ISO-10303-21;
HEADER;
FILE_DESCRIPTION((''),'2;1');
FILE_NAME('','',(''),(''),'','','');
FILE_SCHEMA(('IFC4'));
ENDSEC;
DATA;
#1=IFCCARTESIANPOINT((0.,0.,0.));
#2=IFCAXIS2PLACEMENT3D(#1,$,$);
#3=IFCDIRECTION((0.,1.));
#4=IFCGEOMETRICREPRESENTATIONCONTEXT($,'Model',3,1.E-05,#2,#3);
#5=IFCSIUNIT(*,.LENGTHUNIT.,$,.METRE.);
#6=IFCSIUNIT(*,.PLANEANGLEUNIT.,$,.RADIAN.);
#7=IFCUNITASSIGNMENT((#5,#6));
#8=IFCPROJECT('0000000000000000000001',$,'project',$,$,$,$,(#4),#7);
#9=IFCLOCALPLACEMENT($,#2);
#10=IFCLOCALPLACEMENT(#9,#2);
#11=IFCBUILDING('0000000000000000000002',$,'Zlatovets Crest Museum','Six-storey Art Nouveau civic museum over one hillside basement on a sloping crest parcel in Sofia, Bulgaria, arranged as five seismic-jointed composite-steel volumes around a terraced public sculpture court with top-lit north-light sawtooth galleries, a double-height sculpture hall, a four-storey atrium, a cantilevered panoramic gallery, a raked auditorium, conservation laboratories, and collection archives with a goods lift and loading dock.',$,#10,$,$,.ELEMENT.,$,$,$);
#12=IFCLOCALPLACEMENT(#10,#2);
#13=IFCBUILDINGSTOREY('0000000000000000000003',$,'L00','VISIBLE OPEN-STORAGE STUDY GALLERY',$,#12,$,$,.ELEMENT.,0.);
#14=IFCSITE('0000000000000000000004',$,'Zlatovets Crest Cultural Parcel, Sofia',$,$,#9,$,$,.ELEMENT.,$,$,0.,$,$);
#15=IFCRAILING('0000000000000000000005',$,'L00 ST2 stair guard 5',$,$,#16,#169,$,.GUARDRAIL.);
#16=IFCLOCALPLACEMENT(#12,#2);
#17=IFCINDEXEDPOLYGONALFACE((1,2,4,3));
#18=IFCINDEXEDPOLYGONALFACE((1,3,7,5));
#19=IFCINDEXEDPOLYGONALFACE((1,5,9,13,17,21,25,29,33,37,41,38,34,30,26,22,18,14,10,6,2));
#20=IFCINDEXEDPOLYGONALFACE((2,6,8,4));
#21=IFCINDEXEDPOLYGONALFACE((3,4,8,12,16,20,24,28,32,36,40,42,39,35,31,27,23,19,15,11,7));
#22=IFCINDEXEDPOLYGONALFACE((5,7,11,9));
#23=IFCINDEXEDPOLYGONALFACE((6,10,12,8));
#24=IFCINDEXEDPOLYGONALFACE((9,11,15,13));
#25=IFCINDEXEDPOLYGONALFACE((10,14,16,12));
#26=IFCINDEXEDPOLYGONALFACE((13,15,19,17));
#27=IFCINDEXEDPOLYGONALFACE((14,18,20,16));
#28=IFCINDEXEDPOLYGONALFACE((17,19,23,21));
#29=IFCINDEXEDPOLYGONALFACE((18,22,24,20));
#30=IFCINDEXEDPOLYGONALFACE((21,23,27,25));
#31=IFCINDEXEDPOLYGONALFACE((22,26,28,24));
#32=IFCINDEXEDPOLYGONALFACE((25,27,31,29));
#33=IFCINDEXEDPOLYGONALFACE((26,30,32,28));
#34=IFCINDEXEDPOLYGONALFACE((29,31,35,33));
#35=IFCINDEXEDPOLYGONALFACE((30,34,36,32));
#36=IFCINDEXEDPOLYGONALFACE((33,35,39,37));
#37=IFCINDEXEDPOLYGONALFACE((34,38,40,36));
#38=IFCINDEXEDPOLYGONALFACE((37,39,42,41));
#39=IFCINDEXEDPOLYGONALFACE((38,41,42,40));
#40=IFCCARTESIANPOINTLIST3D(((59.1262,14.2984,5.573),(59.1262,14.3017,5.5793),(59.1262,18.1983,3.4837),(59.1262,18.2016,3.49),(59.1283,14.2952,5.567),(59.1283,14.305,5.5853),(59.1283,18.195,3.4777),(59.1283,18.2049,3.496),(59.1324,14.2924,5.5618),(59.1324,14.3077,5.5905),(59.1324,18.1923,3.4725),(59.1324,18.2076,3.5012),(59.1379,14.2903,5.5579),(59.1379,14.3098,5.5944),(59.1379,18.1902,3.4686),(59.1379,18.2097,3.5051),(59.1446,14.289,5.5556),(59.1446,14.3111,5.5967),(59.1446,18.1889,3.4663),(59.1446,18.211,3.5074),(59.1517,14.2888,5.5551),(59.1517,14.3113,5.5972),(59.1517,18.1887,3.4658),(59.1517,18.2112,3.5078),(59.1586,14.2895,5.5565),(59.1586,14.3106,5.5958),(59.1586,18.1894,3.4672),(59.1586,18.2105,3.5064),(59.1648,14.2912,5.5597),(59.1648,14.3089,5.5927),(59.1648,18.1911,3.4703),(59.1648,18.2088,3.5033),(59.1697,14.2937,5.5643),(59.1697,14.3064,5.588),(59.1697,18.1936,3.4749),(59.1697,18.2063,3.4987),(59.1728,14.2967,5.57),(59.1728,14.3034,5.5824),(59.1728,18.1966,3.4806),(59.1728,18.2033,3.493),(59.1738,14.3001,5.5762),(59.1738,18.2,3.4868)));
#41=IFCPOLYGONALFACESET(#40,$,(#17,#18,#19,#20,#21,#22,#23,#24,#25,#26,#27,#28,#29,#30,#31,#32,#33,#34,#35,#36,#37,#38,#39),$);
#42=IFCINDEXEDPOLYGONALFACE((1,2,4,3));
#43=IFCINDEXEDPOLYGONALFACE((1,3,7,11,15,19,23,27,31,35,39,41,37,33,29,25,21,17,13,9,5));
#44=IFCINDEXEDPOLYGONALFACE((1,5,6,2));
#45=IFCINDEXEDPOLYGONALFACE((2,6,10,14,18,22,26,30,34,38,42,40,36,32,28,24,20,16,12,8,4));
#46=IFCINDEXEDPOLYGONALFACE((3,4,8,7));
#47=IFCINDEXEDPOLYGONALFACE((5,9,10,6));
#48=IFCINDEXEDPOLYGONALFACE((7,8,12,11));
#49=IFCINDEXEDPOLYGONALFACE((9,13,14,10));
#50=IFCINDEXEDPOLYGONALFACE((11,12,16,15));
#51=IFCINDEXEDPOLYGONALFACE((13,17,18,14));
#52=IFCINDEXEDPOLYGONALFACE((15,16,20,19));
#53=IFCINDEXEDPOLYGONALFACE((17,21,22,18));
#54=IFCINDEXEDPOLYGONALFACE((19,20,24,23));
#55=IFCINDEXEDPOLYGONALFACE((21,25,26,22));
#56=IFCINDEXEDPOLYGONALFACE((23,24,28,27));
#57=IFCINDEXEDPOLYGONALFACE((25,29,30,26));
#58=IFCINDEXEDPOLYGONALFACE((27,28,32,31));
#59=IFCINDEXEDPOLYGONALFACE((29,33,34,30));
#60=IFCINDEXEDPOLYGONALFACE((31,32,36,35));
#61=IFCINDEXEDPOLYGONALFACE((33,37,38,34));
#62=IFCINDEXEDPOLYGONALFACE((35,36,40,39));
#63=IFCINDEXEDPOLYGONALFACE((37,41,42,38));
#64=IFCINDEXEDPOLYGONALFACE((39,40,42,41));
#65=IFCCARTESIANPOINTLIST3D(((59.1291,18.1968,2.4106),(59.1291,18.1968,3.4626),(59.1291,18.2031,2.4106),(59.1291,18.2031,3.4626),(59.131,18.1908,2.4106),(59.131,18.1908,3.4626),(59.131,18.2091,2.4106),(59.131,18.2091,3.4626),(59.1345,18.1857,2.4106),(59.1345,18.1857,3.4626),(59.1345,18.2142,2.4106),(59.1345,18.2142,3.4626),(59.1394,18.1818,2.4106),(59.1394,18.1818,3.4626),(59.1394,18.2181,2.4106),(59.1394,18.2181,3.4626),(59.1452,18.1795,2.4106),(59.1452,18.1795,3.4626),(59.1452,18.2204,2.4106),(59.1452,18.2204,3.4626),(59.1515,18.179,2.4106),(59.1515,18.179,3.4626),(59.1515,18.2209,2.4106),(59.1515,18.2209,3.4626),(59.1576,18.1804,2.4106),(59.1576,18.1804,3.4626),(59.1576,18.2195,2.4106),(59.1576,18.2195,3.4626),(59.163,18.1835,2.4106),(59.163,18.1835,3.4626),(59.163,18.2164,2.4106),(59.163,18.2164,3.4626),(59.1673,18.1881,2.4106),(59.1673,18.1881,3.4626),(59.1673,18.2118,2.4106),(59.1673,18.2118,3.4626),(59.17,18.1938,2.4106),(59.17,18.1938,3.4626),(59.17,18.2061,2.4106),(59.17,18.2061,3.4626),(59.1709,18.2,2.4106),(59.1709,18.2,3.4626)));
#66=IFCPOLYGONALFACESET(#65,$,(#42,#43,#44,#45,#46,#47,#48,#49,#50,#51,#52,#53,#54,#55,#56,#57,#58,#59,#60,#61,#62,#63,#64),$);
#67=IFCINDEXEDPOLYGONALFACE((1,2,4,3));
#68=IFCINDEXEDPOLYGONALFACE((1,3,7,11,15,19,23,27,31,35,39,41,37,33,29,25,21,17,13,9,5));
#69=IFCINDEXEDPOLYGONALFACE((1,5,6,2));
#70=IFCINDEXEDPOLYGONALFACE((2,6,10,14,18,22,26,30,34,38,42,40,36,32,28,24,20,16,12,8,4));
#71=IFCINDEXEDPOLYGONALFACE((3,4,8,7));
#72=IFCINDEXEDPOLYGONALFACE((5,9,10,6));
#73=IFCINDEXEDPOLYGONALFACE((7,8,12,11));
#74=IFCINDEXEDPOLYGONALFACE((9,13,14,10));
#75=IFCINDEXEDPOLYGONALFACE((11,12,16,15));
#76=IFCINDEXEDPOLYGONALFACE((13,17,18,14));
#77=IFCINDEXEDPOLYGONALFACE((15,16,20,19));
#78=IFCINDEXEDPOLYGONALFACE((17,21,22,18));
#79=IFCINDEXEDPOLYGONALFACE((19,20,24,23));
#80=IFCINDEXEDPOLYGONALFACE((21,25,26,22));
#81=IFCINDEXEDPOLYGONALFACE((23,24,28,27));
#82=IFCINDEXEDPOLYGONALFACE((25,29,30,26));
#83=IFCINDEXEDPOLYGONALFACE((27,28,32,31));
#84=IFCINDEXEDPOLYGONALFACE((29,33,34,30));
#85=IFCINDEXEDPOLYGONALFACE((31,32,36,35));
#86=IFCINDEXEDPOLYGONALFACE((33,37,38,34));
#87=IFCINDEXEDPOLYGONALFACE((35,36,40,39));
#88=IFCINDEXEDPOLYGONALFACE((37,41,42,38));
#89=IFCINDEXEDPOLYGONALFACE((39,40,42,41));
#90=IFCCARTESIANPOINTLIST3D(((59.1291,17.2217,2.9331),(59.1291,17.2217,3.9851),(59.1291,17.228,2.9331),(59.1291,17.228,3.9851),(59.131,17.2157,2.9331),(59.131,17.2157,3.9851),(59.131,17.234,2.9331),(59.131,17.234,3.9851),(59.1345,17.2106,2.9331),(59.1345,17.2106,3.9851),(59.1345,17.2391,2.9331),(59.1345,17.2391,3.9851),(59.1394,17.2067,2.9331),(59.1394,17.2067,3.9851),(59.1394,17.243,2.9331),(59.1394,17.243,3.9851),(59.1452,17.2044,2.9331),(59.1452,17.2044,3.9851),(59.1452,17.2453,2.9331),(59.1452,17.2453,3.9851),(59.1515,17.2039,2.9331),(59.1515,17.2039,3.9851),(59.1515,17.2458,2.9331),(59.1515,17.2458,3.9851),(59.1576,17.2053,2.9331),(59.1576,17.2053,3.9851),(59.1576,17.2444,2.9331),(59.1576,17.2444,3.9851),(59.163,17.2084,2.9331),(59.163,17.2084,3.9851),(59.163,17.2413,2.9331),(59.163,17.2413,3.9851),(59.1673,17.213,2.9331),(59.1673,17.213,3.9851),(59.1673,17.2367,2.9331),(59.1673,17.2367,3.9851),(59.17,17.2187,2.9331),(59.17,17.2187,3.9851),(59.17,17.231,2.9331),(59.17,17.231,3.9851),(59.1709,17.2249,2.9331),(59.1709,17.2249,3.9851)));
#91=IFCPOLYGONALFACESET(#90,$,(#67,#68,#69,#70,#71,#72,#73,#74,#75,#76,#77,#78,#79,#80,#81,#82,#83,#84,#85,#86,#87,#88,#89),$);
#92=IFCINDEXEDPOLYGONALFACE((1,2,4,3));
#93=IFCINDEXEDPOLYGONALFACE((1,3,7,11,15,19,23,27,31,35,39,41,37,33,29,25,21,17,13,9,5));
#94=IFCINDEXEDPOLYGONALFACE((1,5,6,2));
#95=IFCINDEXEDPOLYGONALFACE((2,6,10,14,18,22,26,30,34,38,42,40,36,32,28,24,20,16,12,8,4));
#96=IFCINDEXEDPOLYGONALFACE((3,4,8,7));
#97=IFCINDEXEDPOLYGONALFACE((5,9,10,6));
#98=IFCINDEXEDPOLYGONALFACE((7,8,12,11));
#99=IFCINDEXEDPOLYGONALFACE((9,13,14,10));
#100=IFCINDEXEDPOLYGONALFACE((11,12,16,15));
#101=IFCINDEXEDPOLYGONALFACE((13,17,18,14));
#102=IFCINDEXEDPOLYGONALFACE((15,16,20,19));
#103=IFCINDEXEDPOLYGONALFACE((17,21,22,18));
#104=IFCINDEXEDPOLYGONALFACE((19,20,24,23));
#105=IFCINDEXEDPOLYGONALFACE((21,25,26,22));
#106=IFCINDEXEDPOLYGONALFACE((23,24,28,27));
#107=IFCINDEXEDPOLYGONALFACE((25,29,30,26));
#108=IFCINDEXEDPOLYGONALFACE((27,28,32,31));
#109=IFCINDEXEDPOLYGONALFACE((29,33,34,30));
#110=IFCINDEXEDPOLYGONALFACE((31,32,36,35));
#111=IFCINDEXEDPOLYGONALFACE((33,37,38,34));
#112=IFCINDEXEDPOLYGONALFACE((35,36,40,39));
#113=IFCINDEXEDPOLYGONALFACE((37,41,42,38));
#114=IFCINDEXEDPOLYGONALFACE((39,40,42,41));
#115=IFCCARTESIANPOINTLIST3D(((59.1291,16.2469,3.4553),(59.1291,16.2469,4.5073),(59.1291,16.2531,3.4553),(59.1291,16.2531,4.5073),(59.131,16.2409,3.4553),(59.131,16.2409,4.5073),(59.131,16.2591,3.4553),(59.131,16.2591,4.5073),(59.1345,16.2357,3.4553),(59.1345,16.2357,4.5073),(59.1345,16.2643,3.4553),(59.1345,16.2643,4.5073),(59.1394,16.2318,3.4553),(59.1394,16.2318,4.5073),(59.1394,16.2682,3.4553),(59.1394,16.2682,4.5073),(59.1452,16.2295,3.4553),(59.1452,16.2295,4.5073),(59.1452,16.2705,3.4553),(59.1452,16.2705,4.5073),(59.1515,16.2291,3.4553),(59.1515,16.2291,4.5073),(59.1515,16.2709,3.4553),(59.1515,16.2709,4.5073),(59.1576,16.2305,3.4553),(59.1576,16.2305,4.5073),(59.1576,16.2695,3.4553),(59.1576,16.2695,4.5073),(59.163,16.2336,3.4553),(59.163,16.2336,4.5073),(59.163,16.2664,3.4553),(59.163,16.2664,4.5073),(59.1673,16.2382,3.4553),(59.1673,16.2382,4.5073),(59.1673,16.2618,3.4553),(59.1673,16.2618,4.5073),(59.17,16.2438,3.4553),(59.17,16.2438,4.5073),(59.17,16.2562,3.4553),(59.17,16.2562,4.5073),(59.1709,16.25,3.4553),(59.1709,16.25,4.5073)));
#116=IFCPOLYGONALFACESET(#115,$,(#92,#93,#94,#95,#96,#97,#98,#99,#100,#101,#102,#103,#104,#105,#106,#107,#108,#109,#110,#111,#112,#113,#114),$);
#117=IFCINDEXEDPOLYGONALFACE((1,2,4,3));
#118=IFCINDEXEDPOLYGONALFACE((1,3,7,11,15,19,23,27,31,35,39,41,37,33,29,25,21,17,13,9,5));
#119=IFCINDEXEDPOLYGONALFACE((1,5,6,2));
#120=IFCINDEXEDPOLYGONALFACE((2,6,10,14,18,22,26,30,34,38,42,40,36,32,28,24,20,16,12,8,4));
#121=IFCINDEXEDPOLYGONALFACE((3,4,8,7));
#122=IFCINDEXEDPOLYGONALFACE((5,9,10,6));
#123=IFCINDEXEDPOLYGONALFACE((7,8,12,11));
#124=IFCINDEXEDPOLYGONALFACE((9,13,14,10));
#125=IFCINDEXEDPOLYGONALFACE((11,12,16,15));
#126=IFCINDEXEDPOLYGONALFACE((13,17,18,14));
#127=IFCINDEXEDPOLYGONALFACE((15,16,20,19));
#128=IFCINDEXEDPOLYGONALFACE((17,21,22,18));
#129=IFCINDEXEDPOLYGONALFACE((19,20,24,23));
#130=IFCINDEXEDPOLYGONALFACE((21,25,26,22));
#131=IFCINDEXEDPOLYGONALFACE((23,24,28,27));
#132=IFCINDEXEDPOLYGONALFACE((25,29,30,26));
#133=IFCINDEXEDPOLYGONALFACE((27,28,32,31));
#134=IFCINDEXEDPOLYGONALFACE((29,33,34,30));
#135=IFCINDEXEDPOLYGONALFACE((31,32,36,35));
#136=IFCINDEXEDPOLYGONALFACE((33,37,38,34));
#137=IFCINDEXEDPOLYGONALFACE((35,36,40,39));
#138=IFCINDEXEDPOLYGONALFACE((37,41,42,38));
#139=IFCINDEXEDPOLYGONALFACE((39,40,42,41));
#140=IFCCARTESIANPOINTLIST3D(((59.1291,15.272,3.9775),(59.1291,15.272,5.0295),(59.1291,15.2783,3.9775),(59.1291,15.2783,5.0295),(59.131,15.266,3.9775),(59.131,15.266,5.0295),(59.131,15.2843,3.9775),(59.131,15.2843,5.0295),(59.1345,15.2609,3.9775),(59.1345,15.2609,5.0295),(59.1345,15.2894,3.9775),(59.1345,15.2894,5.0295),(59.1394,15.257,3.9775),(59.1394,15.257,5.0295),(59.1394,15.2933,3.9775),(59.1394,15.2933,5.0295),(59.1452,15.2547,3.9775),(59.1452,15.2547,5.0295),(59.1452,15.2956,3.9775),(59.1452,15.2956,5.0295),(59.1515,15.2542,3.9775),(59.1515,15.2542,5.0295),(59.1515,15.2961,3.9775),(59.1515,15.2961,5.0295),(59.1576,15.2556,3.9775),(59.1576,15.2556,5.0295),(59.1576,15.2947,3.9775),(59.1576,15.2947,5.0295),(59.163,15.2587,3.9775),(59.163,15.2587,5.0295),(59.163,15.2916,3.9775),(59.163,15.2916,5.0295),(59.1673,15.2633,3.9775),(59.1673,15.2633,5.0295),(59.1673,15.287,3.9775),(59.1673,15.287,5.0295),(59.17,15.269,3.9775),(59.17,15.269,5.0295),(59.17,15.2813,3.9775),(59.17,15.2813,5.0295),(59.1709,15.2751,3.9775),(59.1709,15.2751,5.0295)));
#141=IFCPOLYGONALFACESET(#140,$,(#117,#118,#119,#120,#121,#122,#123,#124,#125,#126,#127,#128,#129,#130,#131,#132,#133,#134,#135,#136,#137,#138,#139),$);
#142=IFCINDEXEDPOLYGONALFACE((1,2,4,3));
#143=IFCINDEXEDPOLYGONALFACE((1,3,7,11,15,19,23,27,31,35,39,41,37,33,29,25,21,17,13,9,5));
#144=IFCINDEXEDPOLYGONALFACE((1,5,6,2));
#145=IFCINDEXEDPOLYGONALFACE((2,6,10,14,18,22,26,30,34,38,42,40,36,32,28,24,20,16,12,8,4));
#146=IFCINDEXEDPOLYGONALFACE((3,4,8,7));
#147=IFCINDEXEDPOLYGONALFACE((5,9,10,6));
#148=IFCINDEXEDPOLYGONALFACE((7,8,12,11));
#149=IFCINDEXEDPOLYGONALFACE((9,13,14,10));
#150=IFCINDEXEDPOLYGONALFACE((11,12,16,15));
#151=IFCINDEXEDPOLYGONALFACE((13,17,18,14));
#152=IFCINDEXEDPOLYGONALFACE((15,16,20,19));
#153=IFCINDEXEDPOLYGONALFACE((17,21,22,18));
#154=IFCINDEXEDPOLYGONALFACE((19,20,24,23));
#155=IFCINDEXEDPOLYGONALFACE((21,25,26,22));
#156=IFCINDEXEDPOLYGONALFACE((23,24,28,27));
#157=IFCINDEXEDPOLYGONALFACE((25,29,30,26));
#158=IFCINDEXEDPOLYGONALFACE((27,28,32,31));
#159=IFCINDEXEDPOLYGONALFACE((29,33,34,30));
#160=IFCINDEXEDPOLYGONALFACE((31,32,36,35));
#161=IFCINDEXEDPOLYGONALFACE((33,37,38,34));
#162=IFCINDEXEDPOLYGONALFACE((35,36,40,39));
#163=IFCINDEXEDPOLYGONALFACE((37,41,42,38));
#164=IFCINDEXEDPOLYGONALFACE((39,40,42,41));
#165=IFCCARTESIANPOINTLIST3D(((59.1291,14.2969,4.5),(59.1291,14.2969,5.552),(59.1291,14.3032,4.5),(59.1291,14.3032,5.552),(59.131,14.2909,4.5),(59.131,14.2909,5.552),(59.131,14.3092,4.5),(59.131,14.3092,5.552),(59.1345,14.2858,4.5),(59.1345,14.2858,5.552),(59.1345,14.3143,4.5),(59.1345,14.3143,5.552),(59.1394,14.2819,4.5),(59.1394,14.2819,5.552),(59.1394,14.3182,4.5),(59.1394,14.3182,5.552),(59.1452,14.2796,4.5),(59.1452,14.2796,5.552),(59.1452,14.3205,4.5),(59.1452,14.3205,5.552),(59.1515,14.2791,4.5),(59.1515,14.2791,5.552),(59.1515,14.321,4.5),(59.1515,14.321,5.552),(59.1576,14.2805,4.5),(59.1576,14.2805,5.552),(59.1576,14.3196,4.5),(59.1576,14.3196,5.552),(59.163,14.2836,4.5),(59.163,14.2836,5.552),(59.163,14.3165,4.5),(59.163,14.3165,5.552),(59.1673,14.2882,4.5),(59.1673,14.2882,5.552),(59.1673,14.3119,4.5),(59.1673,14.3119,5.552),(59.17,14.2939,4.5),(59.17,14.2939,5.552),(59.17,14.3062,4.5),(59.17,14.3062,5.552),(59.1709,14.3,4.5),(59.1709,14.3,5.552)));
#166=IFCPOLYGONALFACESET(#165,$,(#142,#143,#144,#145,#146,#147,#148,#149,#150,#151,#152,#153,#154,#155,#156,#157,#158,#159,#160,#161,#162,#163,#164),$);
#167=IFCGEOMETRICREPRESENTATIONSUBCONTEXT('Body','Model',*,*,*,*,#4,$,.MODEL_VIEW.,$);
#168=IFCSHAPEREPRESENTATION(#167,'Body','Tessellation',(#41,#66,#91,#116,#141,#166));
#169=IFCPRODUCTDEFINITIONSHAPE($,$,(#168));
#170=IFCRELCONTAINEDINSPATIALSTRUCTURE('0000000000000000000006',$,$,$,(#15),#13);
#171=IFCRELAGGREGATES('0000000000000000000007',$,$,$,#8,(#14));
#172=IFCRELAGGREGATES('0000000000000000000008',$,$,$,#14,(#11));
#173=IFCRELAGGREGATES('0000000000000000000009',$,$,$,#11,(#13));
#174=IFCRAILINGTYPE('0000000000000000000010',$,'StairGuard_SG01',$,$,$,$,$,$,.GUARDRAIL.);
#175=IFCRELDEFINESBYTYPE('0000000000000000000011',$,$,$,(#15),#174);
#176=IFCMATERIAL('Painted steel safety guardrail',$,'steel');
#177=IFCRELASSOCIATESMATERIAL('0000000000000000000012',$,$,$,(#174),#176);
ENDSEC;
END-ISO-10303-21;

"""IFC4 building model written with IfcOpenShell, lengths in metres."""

from ifc_helpers import new_model, si_unit, direction, frame, origin, origin_2d, place, context, subcontext, project, spatial, circle, extrude, material, type_object, element, save


model = new_model("IFC4")

# Units and contexts
model_context = context("Model", 3, precision=1e-05, world=origin(), true_north=direction((0.0, 1.0)))
body_context = subcontext(model_context, "Body", "Model", "MODEL_VIEW")
ifc_project = project(units=[si_unit("LENGTHUNIT", "METRE"), si_unit("PLANEANGLEUNIT", "RADIAN")], contexts=[model_context])

# Site, building, storey
site_placement = place(None, origin())
site = spatial("IfcSite", under=ifc_project, at=site_placement, Name="Zlatovets Crest Cultural Parcel, Sofia", CompositionType="ELEMENT", RefElevation=0.0)
building_placement = place(site_placement, origin())
building = spatial("IfcBuilding", under=site, at=building_placement, Name="Zlatovets Crest Museum", Description="Six-storey Art Nouveau civic museum over one hillside basement on a sloping crest parcel in Sofia, Bulgaria, arranged as five seismic-jointed composite-steel volumes around a terraced public sculpture court with top-lit north-light sawtooth galleries, a double-height sculpture hall, a four-storey atrium, a cantilevered panoramic gallery, a raked auditorium, conservation laboratories, and collection archives with a goods lift and loading dock.", CompositionType="ELEMENT")
storey_placement = place(building_placement, origin())
storey = spatial("IfcBuildingStorey", under=building, at=storey_placement, Name="L00", Description="VISIBLE OPEN-STORAGE STUDY GALLERY", CompositionType="ELEMENT", Elevation=0.0)

# Railing
ifc_material_1 = material(Name="Painted steel safety guardrail", Category="steel")
railing_type_1 = type_object("IfcRailingType", Name="StairGuard_SG01", PredefinedType="GUARDRAIL", material=ifc_material_1)
railing_1_placement = place(storey_placement, frame((59.1499, 18.2, 2.4106)))
element("IfcRailing", 1, at=railing_1_placement, inside=storey, type_object=railing_type_1, Name="L00 ST2 stair guard 5", PredefinedType="GUARDRAIL", context=body_context, shape_type="SweptSolid", body=[
    extrude(circle(Radius=0.0239, at=origin_2d()), frame((0.0, 0.0, 1.0762), z_axis=(0.0, -0.881468, 0.472243), x_axis=(1.0, 0.0, 0.0)), (0.0, 0.0, 1.0), 4.4243),
    extrude(circle(Radius=0.021, at=origin_2d()), origin(), (0.0, 0.0, 1.0), 1.052),
    extrude(circle(Radius=0.021, at=origin_2d()), frame((0.0, -0.9751, 0.5225)), (0.0, 0.0, 1.0), 1.052),
    extrude(circle(Radius=0.021, at=origin_2d()), frame((0.0, -1.95, 1.0447)), (0.0, 0.0, 1.0), 1.052),
    extrude(circle(Radius=0.021, at=origin_2d()), frame((0.0, -2.9248, 1.5669)), (0.0, 0.0, 1.0), 1.052),
    extrude(circle(Radius=0.021, at=origin_2d()), frame((0.0, -3.8999, 2.0894)), (0.0, 0.0, 1.0), 1.052),
])

save(model, "model.ifc")
